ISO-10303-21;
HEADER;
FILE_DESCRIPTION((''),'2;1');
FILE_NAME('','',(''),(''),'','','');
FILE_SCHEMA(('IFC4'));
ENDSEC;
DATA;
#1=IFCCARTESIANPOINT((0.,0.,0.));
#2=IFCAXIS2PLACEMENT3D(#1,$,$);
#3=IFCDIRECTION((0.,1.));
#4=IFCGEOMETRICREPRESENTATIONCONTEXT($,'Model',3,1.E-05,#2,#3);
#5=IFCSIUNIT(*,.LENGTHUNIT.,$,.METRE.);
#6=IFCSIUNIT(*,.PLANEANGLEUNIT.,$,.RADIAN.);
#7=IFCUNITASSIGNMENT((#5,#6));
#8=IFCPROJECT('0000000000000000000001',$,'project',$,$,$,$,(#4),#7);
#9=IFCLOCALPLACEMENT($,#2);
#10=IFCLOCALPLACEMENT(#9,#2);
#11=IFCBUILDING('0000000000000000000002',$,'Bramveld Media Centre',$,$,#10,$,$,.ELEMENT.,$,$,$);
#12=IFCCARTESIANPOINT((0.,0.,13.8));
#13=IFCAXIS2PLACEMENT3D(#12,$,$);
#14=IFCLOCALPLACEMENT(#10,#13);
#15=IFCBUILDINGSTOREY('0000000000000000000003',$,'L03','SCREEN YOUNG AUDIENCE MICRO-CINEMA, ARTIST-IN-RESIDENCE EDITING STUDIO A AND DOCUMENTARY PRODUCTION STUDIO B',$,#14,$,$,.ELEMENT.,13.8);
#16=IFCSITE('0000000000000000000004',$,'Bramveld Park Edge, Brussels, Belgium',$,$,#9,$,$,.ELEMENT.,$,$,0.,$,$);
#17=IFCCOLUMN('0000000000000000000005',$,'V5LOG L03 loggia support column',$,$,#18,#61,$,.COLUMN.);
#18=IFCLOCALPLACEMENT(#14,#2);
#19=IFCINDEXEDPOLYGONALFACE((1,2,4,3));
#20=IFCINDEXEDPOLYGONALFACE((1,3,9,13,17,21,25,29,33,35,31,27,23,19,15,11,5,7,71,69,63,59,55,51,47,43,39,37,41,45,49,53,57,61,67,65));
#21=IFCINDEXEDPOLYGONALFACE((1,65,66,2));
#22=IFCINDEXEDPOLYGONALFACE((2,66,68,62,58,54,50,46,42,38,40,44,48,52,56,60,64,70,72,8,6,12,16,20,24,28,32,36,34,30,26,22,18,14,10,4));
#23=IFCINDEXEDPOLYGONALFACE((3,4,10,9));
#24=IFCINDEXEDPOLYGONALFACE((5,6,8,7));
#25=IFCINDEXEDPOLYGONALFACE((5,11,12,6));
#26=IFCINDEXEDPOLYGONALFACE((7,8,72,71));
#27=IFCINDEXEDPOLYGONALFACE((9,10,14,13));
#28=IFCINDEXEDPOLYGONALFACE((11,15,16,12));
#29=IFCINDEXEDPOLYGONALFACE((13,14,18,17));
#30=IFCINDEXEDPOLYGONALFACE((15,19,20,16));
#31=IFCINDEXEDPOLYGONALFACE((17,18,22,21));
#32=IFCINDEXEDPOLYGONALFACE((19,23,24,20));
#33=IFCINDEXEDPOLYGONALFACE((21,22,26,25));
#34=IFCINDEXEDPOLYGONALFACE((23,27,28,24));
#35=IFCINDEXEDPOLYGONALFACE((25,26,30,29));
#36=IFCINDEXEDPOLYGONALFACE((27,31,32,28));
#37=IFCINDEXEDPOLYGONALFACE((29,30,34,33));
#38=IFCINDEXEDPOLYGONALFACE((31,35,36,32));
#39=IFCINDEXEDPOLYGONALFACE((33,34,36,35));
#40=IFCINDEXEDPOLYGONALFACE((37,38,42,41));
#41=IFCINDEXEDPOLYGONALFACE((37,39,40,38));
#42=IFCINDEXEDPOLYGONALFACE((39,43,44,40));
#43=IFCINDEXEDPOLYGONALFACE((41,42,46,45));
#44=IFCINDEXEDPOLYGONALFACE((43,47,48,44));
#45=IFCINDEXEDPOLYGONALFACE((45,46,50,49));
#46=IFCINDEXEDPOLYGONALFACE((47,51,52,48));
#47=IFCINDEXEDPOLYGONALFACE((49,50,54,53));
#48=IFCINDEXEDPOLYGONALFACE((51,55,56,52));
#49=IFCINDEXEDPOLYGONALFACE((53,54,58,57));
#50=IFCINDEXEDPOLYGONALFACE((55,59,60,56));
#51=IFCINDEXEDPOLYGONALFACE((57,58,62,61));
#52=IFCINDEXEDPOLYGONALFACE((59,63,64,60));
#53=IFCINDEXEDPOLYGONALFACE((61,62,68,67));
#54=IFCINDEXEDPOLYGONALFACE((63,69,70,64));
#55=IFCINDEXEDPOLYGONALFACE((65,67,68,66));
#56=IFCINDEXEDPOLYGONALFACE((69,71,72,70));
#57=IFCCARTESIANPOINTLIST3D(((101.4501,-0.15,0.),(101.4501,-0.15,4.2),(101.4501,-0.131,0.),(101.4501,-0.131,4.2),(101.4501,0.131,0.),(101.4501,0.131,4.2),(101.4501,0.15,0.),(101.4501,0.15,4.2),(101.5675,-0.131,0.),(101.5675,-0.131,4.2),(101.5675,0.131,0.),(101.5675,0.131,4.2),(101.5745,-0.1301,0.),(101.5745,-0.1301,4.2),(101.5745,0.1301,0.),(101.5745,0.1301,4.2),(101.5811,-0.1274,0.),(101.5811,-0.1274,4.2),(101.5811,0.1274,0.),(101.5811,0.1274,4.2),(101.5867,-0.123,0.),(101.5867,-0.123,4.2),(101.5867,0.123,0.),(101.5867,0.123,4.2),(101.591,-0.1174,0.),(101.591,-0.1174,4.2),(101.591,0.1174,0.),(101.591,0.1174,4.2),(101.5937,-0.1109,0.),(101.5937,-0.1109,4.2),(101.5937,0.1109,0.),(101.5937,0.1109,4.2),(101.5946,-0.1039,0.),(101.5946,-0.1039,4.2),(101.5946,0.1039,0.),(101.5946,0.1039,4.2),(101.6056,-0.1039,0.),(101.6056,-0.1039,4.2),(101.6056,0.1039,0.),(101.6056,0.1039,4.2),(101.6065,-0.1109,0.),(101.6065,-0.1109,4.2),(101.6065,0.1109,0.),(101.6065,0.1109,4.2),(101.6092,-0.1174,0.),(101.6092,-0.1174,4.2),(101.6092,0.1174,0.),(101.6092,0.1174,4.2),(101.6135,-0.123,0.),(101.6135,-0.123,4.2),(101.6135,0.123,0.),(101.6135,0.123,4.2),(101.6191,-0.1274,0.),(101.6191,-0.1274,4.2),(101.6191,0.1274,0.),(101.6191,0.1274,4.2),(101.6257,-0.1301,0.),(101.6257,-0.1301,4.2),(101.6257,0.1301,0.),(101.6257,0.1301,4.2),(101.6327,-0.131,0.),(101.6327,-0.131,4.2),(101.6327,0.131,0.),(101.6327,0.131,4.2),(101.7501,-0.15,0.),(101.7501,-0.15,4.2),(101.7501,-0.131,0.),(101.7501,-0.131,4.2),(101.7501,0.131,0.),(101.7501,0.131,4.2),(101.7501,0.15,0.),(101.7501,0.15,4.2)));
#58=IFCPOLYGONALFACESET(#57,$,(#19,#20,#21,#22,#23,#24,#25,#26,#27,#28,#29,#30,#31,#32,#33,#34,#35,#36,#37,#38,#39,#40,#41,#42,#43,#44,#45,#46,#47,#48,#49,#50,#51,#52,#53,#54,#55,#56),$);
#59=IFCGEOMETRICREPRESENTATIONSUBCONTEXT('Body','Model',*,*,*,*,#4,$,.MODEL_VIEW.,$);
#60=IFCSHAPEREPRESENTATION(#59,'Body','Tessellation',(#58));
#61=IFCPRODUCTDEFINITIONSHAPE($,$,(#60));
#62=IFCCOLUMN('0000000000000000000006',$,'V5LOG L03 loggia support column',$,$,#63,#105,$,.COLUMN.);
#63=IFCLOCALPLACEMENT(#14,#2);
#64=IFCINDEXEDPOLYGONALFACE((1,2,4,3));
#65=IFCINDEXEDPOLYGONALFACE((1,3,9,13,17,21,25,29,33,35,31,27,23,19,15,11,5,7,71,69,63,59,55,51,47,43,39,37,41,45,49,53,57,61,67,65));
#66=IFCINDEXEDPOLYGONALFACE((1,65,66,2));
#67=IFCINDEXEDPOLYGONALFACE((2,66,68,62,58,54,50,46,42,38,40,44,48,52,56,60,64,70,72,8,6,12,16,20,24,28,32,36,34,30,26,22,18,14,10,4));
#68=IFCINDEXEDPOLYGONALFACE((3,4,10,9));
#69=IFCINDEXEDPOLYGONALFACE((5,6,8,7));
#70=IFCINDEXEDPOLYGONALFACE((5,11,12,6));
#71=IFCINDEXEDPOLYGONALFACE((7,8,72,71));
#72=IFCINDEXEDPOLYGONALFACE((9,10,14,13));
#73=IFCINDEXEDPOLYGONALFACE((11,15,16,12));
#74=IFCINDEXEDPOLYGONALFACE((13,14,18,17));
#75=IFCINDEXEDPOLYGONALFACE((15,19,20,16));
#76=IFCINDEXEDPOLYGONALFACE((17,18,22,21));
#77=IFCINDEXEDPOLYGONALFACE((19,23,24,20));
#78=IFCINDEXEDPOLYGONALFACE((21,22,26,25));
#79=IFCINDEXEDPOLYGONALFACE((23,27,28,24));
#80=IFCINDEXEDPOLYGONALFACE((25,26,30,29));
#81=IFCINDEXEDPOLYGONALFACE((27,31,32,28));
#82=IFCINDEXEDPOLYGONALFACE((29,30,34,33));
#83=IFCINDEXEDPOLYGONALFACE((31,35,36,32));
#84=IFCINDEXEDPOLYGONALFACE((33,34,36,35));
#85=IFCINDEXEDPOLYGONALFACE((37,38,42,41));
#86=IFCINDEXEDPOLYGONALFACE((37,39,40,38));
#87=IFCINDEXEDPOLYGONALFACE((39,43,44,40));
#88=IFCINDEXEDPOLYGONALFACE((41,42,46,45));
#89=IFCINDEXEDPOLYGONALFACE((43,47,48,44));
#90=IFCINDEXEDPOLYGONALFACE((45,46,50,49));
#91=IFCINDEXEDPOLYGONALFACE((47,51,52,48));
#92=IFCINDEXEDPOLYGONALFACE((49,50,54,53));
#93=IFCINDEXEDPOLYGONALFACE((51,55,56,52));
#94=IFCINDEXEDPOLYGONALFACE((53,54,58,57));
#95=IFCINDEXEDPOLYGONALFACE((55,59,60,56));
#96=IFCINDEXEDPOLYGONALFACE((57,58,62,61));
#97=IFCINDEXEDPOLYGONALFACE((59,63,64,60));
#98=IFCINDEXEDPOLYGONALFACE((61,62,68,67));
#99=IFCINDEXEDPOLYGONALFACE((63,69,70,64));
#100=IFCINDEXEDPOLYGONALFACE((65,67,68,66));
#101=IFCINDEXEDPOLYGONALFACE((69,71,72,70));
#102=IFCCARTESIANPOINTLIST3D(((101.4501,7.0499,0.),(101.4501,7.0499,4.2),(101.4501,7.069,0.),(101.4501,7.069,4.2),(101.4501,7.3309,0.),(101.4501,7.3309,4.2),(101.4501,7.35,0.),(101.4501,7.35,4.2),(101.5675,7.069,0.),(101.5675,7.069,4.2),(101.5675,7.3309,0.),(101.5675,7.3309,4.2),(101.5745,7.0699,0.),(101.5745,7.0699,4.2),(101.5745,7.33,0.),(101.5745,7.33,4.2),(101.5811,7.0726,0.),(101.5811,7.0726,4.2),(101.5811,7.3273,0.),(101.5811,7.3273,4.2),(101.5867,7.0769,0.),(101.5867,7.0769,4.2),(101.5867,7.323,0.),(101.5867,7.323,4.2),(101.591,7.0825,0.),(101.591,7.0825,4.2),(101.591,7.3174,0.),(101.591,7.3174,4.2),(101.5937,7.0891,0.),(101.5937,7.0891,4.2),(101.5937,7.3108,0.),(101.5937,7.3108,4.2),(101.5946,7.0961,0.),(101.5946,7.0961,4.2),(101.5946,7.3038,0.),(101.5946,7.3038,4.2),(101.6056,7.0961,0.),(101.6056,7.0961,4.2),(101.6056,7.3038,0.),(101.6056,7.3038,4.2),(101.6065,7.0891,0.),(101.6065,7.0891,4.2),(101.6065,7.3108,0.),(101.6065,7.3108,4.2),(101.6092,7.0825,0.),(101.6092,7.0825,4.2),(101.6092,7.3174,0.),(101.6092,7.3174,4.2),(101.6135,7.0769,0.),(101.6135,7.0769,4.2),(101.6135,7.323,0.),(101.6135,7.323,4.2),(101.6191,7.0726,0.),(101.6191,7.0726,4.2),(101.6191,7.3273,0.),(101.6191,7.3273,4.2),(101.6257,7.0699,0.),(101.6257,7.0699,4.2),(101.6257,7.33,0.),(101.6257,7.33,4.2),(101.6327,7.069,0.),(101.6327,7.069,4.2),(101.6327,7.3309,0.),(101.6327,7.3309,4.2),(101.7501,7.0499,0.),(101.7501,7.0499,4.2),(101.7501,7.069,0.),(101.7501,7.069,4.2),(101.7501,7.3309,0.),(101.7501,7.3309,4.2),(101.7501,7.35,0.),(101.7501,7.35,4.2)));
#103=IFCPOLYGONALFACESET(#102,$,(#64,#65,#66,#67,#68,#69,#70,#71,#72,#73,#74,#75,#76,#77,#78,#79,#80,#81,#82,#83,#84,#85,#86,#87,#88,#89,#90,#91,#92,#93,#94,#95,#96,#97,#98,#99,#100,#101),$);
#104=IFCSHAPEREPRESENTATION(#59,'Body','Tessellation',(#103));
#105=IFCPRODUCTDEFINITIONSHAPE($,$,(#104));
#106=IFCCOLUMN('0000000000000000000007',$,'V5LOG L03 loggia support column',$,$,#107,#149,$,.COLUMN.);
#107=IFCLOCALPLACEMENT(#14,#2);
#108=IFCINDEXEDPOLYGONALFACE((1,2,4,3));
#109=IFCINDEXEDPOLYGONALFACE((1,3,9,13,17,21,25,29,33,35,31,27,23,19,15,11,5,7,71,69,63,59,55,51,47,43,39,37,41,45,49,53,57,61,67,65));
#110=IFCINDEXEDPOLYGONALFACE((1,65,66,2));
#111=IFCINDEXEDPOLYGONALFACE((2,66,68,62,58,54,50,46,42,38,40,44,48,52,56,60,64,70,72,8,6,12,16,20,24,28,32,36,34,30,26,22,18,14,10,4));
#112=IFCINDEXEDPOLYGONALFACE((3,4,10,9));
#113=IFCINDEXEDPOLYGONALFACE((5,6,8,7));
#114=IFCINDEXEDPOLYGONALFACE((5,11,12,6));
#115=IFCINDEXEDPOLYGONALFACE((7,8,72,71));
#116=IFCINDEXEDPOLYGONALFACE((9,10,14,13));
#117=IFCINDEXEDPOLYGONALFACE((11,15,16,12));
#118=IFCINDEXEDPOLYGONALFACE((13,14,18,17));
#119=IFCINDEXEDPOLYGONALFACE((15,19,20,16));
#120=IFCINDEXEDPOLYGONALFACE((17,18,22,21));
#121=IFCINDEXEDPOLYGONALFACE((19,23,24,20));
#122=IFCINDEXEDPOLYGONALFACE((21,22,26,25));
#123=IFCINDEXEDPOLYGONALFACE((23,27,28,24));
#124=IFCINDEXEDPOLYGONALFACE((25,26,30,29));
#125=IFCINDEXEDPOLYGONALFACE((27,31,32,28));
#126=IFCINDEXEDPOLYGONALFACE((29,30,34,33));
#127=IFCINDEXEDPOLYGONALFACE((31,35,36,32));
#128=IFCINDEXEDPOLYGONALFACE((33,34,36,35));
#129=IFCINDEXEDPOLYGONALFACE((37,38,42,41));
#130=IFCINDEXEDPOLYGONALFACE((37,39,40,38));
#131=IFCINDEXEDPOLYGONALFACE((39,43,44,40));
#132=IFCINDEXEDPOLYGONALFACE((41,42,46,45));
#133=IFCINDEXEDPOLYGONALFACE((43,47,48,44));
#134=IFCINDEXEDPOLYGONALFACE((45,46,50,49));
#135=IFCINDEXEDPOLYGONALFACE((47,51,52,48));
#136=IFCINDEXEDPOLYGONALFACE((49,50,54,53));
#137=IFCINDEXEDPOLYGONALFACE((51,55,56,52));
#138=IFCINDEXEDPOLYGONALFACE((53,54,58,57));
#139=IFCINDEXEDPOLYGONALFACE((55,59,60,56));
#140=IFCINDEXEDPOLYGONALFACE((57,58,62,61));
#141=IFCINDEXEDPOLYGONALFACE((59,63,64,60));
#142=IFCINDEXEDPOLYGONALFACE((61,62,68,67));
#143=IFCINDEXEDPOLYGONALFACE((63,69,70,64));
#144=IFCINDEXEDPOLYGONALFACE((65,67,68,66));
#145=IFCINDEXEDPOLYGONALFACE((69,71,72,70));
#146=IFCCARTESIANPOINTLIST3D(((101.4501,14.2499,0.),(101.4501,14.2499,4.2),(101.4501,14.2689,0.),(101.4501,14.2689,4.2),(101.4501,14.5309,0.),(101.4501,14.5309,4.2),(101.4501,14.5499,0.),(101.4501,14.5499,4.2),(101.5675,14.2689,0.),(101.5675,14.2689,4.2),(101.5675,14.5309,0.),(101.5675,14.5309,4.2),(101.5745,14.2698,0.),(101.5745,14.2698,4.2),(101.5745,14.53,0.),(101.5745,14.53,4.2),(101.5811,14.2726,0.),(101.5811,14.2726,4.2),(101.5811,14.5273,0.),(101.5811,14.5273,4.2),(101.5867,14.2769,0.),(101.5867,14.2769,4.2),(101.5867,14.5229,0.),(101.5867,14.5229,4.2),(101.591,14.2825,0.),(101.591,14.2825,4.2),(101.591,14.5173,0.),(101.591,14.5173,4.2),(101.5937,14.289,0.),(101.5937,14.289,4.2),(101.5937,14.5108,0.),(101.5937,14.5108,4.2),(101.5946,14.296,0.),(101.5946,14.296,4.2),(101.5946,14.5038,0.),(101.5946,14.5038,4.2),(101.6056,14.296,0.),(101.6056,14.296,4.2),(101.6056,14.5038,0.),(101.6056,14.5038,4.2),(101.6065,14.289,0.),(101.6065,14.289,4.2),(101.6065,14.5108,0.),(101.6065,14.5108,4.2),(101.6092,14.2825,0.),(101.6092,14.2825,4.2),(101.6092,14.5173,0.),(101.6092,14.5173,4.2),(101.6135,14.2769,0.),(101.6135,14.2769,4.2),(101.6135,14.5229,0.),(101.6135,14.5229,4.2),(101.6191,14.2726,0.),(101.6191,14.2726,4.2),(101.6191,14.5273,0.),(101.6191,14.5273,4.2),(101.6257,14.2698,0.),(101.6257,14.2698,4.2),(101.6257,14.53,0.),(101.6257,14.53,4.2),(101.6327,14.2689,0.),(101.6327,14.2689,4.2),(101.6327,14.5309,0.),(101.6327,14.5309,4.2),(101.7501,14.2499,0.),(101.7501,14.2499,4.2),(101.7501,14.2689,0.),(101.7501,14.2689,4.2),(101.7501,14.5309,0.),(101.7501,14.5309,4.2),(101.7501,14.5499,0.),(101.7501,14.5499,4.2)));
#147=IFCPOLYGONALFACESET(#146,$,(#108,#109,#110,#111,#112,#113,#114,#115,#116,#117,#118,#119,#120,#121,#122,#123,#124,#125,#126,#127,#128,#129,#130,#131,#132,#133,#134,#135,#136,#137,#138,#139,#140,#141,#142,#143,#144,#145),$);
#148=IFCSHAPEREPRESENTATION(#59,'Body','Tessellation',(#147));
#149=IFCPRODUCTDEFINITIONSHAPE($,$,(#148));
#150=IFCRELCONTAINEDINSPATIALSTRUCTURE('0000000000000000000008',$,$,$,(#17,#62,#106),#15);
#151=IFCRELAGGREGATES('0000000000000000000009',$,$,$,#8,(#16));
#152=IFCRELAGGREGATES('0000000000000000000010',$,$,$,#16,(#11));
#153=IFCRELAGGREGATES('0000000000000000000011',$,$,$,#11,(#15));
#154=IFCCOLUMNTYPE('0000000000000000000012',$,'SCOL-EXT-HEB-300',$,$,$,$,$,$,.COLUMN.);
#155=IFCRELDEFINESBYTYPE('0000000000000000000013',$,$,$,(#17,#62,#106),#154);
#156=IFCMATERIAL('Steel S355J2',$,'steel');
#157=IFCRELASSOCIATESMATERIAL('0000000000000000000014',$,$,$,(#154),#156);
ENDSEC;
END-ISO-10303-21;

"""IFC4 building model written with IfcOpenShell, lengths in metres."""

from ifc_helpers import new_model, si_unit, direction, frame, origin, origin_2d, place, context, subcontext, project, spatial, i_section, extrude, material, material_profile, profile_set, type_object, element, save


model = new_model("IFC4")

# Units and contexts
model_context = context("Model", 3, precision=1e-05, world=origin(), true_north=direction((0.0, 1.0)))
body_context = subcontext(model_context, "Body", "Model", "MODEL_VIEW")
ifc_project = project(units=[si_unit("LENGTHUNIT", "METRE"), si_unit("PLANEANGLEUNIT", "RADIAN")], contexts=[model_context])

# Site, building, storey
site_placement = place(None, origin())
site = spatial("IfcSite", under=ifc_project, at=site_placement, Name="Bramveld Park Edge, Brussels, Belgium", CompositionType="ELEMENT", RefElevation=0.0)
building_placement = place(site_placement, origin())
building = spatial("IfcBuilding", under=site, at=building_placement, Name="Bramveld Media Centre", CompositionType="ELEMENT")
storey_placement = place(building_placement, frame((0.0, 0.0, 13.8)))
storey = spatial("IfcBuildingStorey", under=building, at=storey_placement, Name="L03", Description="SCREEN YOUNG AUDIENCE MICRO-CINEMA, ARTIST-IN-RESIDENCE EDITING STUDIO A AND DOCUMENTARY PRODUCTION STUDIO B", CompositionType="ELEMENT", Elevation=13.8)

# Columns
ifc_material_1 = material(Name="Steel S355J2", Category="steel")
ifc_material_profile_1 = material_profile(ifc_material_1, i_section(OverallWidth=0.3, OverallDepth=0.3, WebThickness=0.011, FlangeThickness=0.019, FilletRadius=0.0271, at=origin_2d()), Name="HEB 300")
ifc_profile_set_1 = profile_set([ifc_material_profile_1], Name="Steel S355J2")
column_type = type_object("IfcColumnType", Name="SCOL-EXT-HEB-300", PredefinedType="COLUMN", material=ifc_profile_set_1)
for number, where, z_axis, x_axis, name in (
    (1, (101.6001, 0.0, 0.0), (0.0, 0.0, 1.0), (1.0, 0.0, 0.0), "V5LOG L03 loggia support column"),
    (2, (101.6001, 7.2, 0.0), (0.0, 0.0, 1.0), (1.0, 0.0, 0.0), "V5LOG L03 loggia support column"),
    (3, (101.6001, 14.3999, 0.0), (0.0, 0.0, 1.0), (1.0, 0.0, 0.0), "V5LOG L03 loggia support column"),
):
    element("IfcColumn", number, at=place(storey_placement, frame(where, z_axis=z_axis, x_axis=x_axis)), inside=storey, type_object=column_type, Name=name, PredefinedType="COLUMN", context=body_context, shape_type="SweptSolid", body=[
        extrude(i_section(OverallWidth=0.3, OverallDepth=0.3, WebThickness=0.011, FlangeThickness=0.019, FilletRadius=0.0271, at=origin_2d()), origin(), (0.0, 0.0, 1.0), 4.2),
    ])

save(model, "model.ifc")
